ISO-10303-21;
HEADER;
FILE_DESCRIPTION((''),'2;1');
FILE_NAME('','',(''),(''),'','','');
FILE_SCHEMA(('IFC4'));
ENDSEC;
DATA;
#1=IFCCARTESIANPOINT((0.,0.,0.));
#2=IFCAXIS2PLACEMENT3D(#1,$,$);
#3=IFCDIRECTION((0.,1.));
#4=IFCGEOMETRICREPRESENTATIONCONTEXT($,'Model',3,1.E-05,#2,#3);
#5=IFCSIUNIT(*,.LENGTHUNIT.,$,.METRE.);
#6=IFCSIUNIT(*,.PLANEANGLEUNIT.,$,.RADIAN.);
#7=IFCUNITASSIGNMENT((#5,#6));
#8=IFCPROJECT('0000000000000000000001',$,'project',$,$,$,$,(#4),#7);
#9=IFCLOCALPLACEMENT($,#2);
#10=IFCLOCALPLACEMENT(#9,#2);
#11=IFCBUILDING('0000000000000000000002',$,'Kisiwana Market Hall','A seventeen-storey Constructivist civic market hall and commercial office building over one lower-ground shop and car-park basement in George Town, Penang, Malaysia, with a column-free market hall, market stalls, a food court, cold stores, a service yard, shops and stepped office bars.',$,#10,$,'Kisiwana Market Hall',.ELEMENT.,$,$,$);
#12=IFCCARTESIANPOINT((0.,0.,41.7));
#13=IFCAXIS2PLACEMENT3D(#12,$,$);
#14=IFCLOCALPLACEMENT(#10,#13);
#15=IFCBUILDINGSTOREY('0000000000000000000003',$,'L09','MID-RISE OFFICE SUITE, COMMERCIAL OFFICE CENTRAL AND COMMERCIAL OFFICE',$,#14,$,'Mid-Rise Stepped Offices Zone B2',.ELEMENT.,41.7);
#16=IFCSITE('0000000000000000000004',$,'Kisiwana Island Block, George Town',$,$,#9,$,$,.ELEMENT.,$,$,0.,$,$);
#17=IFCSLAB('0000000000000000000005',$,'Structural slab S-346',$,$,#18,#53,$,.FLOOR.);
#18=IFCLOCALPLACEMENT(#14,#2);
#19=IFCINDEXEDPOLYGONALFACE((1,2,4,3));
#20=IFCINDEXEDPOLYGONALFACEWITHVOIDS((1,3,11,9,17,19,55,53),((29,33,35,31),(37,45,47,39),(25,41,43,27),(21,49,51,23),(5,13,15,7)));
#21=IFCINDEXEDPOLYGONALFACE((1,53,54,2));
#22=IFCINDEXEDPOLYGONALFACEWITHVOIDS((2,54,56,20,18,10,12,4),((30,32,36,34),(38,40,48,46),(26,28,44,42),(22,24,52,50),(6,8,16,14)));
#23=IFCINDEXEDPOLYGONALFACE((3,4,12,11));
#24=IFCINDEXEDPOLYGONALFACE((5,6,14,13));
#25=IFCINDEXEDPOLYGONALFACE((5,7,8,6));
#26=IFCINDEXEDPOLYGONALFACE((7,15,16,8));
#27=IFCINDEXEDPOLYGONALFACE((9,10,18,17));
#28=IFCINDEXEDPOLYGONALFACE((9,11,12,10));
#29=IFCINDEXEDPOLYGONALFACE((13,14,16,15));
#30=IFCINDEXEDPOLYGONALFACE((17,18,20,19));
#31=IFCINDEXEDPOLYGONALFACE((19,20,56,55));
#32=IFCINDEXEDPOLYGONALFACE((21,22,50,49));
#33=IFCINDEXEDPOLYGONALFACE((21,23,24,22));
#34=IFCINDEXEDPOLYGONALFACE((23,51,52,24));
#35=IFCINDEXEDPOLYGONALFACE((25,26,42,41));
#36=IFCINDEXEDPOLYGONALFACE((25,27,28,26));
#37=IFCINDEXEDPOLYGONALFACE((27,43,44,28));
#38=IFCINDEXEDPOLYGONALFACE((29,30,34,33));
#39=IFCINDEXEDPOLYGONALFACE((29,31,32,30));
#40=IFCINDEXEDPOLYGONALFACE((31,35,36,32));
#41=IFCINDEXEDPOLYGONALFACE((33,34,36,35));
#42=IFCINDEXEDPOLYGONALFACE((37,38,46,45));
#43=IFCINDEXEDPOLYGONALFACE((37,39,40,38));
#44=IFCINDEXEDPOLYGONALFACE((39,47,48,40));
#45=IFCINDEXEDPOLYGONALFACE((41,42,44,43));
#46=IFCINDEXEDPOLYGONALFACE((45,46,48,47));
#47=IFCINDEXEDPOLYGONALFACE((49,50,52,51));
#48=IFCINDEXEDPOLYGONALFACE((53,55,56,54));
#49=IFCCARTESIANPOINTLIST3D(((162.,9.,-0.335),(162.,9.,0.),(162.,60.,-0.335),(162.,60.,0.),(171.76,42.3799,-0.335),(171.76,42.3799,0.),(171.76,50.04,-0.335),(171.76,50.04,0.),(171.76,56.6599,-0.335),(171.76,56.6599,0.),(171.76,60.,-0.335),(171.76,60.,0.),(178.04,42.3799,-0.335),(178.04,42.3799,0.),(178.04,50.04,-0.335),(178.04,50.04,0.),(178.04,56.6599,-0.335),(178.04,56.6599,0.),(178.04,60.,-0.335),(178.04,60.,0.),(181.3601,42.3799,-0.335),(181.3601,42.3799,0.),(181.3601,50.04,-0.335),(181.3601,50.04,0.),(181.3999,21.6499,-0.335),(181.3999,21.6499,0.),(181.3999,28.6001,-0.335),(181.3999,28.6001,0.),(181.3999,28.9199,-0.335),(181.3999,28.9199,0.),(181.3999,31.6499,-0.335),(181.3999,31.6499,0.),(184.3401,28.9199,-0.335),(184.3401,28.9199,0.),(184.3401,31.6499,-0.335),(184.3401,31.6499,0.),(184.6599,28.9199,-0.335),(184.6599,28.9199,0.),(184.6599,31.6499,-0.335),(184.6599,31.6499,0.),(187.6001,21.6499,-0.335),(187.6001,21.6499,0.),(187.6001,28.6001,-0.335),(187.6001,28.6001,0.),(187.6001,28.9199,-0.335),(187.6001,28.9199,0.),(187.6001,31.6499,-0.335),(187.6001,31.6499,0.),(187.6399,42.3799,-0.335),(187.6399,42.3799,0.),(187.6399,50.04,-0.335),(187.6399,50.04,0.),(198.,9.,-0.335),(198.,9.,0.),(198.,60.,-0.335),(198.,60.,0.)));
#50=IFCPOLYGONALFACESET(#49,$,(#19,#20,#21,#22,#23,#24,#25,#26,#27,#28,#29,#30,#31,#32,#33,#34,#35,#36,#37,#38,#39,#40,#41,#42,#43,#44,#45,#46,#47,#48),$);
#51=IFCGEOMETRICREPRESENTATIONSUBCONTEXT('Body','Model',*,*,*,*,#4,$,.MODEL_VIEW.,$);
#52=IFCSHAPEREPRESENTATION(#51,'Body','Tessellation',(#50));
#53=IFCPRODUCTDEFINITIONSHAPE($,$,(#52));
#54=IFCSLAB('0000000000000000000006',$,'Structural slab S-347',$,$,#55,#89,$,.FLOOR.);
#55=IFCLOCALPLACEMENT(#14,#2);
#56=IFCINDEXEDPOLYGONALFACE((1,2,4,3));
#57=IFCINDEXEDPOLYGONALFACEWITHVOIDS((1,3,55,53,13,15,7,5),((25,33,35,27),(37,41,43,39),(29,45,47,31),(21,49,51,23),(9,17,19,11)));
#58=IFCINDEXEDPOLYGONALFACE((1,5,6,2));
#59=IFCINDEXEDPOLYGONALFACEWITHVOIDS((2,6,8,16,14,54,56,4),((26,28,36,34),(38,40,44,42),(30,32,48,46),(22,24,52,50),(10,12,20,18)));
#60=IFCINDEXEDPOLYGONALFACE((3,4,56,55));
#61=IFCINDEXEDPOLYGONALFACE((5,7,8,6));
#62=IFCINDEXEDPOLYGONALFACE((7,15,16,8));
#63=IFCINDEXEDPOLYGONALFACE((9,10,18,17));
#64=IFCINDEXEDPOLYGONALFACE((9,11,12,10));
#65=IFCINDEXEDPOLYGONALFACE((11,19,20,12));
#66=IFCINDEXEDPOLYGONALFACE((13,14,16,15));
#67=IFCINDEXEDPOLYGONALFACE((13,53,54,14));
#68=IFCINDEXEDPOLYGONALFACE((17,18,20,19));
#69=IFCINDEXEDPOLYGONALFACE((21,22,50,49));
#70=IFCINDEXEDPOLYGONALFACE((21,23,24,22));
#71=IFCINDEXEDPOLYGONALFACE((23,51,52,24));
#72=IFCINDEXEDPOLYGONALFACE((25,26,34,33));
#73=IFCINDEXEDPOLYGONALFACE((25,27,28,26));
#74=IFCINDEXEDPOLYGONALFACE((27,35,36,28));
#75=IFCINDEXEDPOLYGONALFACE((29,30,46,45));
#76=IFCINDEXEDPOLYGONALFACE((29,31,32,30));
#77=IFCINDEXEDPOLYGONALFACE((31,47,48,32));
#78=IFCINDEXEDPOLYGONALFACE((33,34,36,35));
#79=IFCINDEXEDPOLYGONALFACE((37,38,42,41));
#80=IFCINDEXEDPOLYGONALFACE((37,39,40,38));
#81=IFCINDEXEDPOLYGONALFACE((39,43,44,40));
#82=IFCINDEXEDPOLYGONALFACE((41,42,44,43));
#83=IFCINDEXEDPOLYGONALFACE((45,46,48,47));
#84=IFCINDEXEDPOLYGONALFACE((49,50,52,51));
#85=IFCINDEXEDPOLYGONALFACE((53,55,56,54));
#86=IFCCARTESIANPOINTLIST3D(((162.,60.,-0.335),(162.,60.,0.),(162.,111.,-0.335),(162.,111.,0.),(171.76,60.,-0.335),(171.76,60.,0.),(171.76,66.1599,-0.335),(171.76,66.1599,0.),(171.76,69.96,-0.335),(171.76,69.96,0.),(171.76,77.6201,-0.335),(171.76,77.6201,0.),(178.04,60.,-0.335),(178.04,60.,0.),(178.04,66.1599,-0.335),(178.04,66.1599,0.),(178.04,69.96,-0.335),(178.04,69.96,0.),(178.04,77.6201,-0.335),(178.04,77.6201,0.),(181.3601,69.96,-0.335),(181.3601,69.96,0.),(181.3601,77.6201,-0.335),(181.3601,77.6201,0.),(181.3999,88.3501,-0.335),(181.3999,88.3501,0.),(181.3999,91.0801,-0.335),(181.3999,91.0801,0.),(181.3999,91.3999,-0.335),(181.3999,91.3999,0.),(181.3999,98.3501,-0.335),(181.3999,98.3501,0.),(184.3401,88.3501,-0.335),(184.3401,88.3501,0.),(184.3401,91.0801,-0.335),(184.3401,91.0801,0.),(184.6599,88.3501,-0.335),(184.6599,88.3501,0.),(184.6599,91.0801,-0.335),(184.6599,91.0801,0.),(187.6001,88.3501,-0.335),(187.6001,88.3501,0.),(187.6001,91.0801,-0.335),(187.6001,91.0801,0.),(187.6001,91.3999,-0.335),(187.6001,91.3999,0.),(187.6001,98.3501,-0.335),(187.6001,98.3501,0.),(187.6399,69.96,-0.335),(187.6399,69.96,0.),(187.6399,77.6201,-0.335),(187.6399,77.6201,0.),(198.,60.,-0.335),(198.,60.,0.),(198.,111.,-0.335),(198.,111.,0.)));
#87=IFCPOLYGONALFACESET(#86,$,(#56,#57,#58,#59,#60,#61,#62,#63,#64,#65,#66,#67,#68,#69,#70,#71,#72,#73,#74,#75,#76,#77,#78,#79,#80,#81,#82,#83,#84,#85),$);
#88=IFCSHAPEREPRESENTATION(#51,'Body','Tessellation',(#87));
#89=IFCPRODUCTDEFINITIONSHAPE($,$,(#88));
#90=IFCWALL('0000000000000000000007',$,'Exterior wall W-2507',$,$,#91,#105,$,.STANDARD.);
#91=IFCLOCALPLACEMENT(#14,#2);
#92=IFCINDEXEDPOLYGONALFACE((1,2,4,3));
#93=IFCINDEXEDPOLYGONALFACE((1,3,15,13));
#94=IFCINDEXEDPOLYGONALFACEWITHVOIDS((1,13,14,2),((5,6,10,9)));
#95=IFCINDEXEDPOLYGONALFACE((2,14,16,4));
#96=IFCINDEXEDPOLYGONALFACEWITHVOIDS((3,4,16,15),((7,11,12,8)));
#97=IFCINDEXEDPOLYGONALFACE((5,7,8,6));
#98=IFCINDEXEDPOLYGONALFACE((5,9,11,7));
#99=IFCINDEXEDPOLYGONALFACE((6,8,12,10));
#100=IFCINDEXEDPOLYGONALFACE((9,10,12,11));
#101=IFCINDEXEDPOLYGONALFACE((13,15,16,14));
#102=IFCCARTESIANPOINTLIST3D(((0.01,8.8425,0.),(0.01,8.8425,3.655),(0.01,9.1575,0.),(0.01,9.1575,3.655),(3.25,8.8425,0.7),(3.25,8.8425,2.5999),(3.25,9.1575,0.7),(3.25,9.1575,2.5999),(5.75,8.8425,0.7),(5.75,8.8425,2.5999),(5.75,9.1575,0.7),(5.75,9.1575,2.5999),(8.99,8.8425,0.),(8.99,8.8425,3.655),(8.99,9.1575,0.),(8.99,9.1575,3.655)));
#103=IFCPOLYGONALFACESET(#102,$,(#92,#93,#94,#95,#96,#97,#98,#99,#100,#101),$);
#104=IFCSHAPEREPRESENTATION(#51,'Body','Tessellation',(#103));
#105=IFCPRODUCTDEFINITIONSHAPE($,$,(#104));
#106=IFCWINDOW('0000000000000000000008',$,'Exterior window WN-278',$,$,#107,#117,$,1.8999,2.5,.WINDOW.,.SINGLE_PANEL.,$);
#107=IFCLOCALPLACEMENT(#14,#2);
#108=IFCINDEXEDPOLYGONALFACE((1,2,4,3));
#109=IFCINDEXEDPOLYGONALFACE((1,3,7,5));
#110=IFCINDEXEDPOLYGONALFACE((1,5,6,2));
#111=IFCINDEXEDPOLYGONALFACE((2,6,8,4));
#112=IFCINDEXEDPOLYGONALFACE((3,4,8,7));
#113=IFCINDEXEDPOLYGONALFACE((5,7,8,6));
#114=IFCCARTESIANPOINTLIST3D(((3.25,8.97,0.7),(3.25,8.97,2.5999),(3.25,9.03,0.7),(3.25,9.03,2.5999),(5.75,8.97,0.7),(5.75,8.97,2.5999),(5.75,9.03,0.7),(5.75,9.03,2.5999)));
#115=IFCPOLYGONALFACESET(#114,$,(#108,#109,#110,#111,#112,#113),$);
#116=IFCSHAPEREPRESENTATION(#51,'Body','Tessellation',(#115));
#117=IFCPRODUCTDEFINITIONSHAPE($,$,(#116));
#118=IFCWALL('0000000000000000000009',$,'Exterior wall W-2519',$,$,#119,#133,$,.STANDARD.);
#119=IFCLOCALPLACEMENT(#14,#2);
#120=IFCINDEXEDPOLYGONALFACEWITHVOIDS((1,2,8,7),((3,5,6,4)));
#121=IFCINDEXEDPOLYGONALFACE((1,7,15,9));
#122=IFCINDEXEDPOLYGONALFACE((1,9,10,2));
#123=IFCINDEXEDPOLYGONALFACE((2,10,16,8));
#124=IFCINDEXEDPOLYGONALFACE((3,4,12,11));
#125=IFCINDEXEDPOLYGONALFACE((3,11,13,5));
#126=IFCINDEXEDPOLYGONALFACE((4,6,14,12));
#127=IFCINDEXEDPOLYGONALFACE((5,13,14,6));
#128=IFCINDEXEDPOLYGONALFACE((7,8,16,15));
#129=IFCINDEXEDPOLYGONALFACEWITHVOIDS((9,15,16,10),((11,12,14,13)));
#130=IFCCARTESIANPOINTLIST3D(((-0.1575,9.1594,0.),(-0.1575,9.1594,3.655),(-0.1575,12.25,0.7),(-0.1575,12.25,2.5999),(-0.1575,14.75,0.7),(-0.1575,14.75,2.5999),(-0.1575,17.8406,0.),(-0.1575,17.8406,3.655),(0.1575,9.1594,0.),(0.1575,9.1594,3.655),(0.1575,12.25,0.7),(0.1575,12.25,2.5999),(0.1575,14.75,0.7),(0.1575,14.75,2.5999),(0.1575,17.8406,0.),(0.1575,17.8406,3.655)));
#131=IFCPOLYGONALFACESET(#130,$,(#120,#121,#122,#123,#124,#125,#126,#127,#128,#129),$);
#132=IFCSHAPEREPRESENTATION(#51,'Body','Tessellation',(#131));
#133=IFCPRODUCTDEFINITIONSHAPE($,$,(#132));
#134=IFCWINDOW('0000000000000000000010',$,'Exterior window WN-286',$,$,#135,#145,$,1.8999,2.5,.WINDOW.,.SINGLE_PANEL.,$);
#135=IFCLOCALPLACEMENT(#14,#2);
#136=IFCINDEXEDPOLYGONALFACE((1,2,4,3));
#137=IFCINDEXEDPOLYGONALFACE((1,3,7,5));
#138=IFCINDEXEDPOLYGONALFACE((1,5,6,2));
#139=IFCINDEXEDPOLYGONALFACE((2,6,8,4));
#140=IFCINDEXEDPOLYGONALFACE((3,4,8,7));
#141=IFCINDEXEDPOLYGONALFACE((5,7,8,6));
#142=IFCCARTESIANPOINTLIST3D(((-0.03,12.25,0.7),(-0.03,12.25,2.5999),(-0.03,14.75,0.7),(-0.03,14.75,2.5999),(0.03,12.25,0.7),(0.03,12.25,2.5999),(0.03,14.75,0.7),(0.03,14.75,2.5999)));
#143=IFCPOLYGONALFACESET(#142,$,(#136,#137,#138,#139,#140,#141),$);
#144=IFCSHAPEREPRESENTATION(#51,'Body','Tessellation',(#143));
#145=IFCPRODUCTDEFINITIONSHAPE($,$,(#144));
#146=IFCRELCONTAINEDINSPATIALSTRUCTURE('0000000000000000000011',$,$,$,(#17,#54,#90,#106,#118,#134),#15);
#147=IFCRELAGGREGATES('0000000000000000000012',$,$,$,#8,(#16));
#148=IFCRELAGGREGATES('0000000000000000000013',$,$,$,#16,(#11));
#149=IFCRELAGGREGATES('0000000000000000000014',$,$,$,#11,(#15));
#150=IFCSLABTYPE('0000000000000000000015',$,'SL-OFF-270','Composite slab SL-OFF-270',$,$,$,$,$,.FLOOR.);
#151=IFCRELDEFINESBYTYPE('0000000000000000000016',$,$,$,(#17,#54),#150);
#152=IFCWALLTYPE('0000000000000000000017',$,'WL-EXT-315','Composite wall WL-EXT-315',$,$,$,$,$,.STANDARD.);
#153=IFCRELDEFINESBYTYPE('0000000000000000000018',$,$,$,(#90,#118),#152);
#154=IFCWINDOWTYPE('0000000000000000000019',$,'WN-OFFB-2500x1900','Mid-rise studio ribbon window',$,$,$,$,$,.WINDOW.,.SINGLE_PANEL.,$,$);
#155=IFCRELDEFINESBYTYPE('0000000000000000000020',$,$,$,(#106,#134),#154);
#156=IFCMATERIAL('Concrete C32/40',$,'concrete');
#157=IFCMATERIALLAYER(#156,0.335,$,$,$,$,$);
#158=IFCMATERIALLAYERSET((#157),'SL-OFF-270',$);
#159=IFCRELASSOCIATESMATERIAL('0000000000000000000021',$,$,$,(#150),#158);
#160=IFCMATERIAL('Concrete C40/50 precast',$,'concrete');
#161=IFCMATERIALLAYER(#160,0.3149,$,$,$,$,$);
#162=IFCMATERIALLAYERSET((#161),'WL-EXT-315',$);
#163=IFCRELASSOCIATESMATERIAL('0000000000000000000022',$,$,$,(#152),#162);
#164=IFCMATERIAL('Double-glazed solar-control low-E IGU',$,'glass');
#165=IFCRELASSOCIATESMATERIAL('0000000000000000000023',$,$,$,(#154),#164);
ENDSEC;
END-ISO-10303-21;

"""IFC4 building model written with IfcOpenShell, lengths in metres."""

from ifc_helpers import new_model, si_unit, direction, frame, frame_2d, origin, place, context, subcontext, project, spatial, polyline, rectangle, outline, extrude, material, layer, layer_set, type_object, element, fill, save


model = new_model("IFC4")

# Units and contexts
model_context = context("Model", 3, precision=1e-05, world=origin(), true_north=direction((0.0, 1.0)))
body_context = subcontext(model_context, "Body", "Model", "MODEL_VIEW")
ifc_project = project(units=[si_unit("LENGTHUNIT", "METRE"), si_unit("PLANEANGLEUNIT", "RADIAN")], contexts=[model_context])

# Site, building, storey
site_placement = place(None, origin())
site = spatial("IfcSite", under=ifc_project, at=site_placement, Name="Kisiwana Island Block, George Town", CompositionType="ELEMENT", RefElevation=0.0)
building_placement = place(site_placement, origin())
building = spatial("IfcBuilding", under=site, at=building_placement, Name="Kisiwana Market Hall", Description="A seventeen-storey Constructivist civic market hall and commercial office building over one lower-ground shop and car-park basement in George Town, Penang, Malaysia, with a column-free market hall, market stalls, a food court, cold stores, a service yard, shops and stepped office bars.", LongName="Kisiwana Market Hall", CompositionType="ELEMENT")
storey_placement = place(building_placement, frame((0.0, 0.0, 41.7)))
storey = spatial("IfcBuildingStorey", under=building, at=storey_placement, Name="L09", Description="MID-RISE OFFICE SUITE, COMMERCIAL OFFICE CENTRAL AND COMMERCIAL OFFICE", LongName="Mid-Rise Stepped Offices Zone B2", CompositionType="ELEMENT", Elevation=41.7)

# Slabs
ifc_material_1 = material(Name="Concrete C32/40", Category="concrete")
ifc_layer_1 = layer(ifc_material_1, 0.335)
ifc_layer_set_1 = layer_set([ifc_layer_1], Name="SL-OFF-270")
slab_type_1 = type_object("IfcSlabType", Name="SL-OFF-270", Description="Composite slab SL-OFF-270", PredefinedType="FLOOR", material=ifc_layer_set_1)
slab_1_placement = place(storey_placement, frame((0.0, 0.0, -0.335)))
element("IfcSlab", 1, at=slab_1_placement, inside=storey, type_object=slab_type_1, Name="Structural slab S-346", PredefinedType="FLOOR", context=body_context, shape_type="SweptSolid", body=[
    extrude(outline(polyline([(162.0, 9.0), (198.0, 9.0), (198.0, 60.0), (178.04, 60.0), (178.04, 56.6599), (171.76, 56.6599), (171.76, 60.0), (162.0, 60.0), (162.0, 9.0)]), holes=[polyline([(181.3999, 21.6499), (187.6001, 21.6499), (187.6001, 28.6001), (181.3999, 28.6001), (181.3999, 21.6499)]), polyline([(181.3999, 28.9199), (184.3401, 28.9199), (184.3401, 31.6499), (181.3999, 31.6499), (181.3999, 28.9199)]), polyline([(184.6599, 28.9199), (187.6001, 28.9199), (187.6001, 31.6499), (184.6599, 31.6499), (184.6599, 28.9199)]), polyline([(181.3601, 42.3799), (187.6399, 42.3799), (187.6399, 50.04), (181.3601, 50.04), (181.3601, 42.3799)]), polyline([(171.76, 42.3799), (178.04, 42.3799), (178.04, 50.04), (171.76, 50.04), (171.76, 42.3799)])]), origin(), (0.0, 0.0, 1.0), 0.335),
])
slab_2_placement = place(storey_placement, frame((0.0, 0.0, -0.335)))
element("IfcSlab", 2, at=slab_2_placement, inside=storey, type_object=slab_type_1, Name="Structural slab S-347", PredefinedType="FLOOR", context=body_context, shape_type="SweptSolid", body=[
    extrude(outline(polyline([(162.0, 60.0), (171.76, 60.0), (171.76, 66.1599), (178.04, 66.1599), (178.04, 60.0), (198.0, 60.0), (198.0, 111.0), (162.0, 111.0), (162.0, 60.0)]), holes=[polyline([(181.3999, 91.3999), (187.6001, 91.3999), (187.6001, 98.3501), (181.3999, 98.3501), (181.3999, 91.3999)]), polyline([(181.3999, 88.3501), (184.3401, 88.3501), (184.3401, 91.0801), (181.3999, 91.0801), (181.3999, 88.3501)]), polyline([(184.6599, 88.3501), (187.6001, 88.3501), (187.6001, 91.0801), (184.6599, 91.0801), (184.6599, 88.3501)]), polyline([(181.3601, 69.96), (187.6399, 69.96), (187.6399, 77.6201), (181.3601, 77.6201), (181.3601, 69.96)]), polyline([(171.76, 69.96), (178.04, 69.96), (178.04, 77.6201), (171.76, 77.6201), (171.76, 69.96)])]), origin(), (0.0, 0.0, 1.0), 0.335),
])

# Walls, openings, windows
ifc_material_2 = material(Name="Concrete C40/50 precast", Category="concrete")
ifc_layer_2 = layer(ifc_material_2, 0.3149)
ifc_layer_set_2 = layer_set([ifc_layer_2], Name="WL-EXT-315")
wall_type = type_object("IfcWallType", Name="WL-EXT-315", Description="Composite wall WL-EXT-315", PredefinedType="STANDARD", material=ifc_layer_set_2)
wall_1_placement = place(storey_placement, frame((0.01, 9.0, 0.0), z_axis=(0.0, 0.0, 1.0), x_axis=(1.0, 0.0, 0.0)))
wall_1 = element("IfcWall", 3, at=wall_1_placement, inside=storey, type_object=wall_type, Name="Exterior wall W-2507", PredefinedType="STANDARD", context=body_context, shape_type="SweptSolid", body=[
    extrude(rectangle(XDim=8.98, YDim=0.3149, at=frame_2d((4.49, 0.0))), origin(), (0.0, 0.0, 1.0), 3.655),
])
opening_1_placement = place(wall_1_placement, frame((3.24, 0.0, 0.7)))
opening_1 = element("IfcOpeningElement", 4, at=opening_1_placement, cuts=wall_1, PredefinedType="OPENING", context=body_context, shape_type="SweptSolid", body=[
    extrude(rectangle(XDim=2.5, YDim=1.8999, at=frame_2d((1.25, 0.95))), frame((0.0, 0.1694, 0.0), z_axis=(0.0, -1.0, 0.0), x_axis=(1.0, 0.0, 0.0)), (0.0, 0.0, 1.0), 0.3389),
])
ifc_material_3 = material(Name="Double-glazed solar-control low-E IGU", Category="glass")
window_type_1 = type_object("IfcWindowType", Name="WN-OFFB-2500x1900", Description="Mid-rise studio ribbon window", PartitioningType="SINGLE_PANEL", PredefinedType="WINDOW", material=ifc_material_3)
window_1_placement = place(opening_1_placement, origin())
window_1 = element("IfcWindow", 5, at=window_1_placement, inside=storey, type_object=window_type_1, Name="Exterior window WN-278", OverallHeight=1.8999, OverallWidth=2.5, PartitioningType="SINGLE_PANEL", PredefinedType="WINDOW", context=body_context, shape_type="SweptSolid", body=[
    extrude(rectangle(XDim=2.5, YDim=1.8999, at=frame_2d((1.25, 0.95))), frame((0.0, 0.03, 0.0), z_axis=(0.0, -1.0, 0.0), x_axis=(1.0, 0.0, 0.0)), (0.0, 0.0, 1.0), 0.0601),
])
fill(opening_1, window_1)
wall_2_placement = place(storey_placement, frame((0.0, 9.1594, 0.0), z_axis=(0.0, 0.0, 1.0), x_axis=(0.0, 1.0, 0.0)))
wall_2 = element("IfcWall", 6, at=wall_2_placement, inside=storey, type_object=wall_type, Name="Exterior wall W-2519", PredefinedType="STANDARD", context=body_context, shape_type="SweptSolid", body=[
    extrude(rectangle(XDim=8.6812, YDim=0.3149, at=frame_2d((4.3406, 0.0))), origin(), (0.0, 0.0, 1.0), 3.655),
])
opening_2_placement = place(wall_2_placement, frame((3.0906, 0.0, 0.7)))
opening_2 = element("IfcOpeningElement", 7, at=opening_2_placement, cuts=wall_2, PredefinedType="OPENING", context=body_context, shape_type="SweptSolid", body=[
    extrude(rectangle(XDim=2.5, YDim=1.8999, at=frame_2d((1.25, 0.95))), frame((0.0, 0.1694, 0.0), z_axis=(0.0, -1.0, 0.0), x_axis=(1.0, 0.0, 0.0)), (0.0, 0.0, 1.0), 0.3389),
])
window_2_placement = place(opening_2_placement, origin())
window_2 = element("IfcWindow", 8, at=window_2_placement, inside=storey, type_object=window_type_1, Name="Exterior window WN-286", OverallHeight=1.8999, OverallWidth=2.5, PartitioningType="SINGLE_PANEL", PredefinedType="WINDOW", context=body_context, shape_type="SweptSolid", body=[
    extrude(rectangle(XDim=2.5, YDim=1.8999, at=frame_2d((1.25, 0.95))), frame((0.0, 0.03, 0.0), z_axis=(0.0, -1.0, 0.0), x_axis=(1.0, 0.0, 0.0)), (0.0, 0.0, 1.0), 0.0601),
])
fill(opening_2, window_2)

save(model, "model.ifc")
